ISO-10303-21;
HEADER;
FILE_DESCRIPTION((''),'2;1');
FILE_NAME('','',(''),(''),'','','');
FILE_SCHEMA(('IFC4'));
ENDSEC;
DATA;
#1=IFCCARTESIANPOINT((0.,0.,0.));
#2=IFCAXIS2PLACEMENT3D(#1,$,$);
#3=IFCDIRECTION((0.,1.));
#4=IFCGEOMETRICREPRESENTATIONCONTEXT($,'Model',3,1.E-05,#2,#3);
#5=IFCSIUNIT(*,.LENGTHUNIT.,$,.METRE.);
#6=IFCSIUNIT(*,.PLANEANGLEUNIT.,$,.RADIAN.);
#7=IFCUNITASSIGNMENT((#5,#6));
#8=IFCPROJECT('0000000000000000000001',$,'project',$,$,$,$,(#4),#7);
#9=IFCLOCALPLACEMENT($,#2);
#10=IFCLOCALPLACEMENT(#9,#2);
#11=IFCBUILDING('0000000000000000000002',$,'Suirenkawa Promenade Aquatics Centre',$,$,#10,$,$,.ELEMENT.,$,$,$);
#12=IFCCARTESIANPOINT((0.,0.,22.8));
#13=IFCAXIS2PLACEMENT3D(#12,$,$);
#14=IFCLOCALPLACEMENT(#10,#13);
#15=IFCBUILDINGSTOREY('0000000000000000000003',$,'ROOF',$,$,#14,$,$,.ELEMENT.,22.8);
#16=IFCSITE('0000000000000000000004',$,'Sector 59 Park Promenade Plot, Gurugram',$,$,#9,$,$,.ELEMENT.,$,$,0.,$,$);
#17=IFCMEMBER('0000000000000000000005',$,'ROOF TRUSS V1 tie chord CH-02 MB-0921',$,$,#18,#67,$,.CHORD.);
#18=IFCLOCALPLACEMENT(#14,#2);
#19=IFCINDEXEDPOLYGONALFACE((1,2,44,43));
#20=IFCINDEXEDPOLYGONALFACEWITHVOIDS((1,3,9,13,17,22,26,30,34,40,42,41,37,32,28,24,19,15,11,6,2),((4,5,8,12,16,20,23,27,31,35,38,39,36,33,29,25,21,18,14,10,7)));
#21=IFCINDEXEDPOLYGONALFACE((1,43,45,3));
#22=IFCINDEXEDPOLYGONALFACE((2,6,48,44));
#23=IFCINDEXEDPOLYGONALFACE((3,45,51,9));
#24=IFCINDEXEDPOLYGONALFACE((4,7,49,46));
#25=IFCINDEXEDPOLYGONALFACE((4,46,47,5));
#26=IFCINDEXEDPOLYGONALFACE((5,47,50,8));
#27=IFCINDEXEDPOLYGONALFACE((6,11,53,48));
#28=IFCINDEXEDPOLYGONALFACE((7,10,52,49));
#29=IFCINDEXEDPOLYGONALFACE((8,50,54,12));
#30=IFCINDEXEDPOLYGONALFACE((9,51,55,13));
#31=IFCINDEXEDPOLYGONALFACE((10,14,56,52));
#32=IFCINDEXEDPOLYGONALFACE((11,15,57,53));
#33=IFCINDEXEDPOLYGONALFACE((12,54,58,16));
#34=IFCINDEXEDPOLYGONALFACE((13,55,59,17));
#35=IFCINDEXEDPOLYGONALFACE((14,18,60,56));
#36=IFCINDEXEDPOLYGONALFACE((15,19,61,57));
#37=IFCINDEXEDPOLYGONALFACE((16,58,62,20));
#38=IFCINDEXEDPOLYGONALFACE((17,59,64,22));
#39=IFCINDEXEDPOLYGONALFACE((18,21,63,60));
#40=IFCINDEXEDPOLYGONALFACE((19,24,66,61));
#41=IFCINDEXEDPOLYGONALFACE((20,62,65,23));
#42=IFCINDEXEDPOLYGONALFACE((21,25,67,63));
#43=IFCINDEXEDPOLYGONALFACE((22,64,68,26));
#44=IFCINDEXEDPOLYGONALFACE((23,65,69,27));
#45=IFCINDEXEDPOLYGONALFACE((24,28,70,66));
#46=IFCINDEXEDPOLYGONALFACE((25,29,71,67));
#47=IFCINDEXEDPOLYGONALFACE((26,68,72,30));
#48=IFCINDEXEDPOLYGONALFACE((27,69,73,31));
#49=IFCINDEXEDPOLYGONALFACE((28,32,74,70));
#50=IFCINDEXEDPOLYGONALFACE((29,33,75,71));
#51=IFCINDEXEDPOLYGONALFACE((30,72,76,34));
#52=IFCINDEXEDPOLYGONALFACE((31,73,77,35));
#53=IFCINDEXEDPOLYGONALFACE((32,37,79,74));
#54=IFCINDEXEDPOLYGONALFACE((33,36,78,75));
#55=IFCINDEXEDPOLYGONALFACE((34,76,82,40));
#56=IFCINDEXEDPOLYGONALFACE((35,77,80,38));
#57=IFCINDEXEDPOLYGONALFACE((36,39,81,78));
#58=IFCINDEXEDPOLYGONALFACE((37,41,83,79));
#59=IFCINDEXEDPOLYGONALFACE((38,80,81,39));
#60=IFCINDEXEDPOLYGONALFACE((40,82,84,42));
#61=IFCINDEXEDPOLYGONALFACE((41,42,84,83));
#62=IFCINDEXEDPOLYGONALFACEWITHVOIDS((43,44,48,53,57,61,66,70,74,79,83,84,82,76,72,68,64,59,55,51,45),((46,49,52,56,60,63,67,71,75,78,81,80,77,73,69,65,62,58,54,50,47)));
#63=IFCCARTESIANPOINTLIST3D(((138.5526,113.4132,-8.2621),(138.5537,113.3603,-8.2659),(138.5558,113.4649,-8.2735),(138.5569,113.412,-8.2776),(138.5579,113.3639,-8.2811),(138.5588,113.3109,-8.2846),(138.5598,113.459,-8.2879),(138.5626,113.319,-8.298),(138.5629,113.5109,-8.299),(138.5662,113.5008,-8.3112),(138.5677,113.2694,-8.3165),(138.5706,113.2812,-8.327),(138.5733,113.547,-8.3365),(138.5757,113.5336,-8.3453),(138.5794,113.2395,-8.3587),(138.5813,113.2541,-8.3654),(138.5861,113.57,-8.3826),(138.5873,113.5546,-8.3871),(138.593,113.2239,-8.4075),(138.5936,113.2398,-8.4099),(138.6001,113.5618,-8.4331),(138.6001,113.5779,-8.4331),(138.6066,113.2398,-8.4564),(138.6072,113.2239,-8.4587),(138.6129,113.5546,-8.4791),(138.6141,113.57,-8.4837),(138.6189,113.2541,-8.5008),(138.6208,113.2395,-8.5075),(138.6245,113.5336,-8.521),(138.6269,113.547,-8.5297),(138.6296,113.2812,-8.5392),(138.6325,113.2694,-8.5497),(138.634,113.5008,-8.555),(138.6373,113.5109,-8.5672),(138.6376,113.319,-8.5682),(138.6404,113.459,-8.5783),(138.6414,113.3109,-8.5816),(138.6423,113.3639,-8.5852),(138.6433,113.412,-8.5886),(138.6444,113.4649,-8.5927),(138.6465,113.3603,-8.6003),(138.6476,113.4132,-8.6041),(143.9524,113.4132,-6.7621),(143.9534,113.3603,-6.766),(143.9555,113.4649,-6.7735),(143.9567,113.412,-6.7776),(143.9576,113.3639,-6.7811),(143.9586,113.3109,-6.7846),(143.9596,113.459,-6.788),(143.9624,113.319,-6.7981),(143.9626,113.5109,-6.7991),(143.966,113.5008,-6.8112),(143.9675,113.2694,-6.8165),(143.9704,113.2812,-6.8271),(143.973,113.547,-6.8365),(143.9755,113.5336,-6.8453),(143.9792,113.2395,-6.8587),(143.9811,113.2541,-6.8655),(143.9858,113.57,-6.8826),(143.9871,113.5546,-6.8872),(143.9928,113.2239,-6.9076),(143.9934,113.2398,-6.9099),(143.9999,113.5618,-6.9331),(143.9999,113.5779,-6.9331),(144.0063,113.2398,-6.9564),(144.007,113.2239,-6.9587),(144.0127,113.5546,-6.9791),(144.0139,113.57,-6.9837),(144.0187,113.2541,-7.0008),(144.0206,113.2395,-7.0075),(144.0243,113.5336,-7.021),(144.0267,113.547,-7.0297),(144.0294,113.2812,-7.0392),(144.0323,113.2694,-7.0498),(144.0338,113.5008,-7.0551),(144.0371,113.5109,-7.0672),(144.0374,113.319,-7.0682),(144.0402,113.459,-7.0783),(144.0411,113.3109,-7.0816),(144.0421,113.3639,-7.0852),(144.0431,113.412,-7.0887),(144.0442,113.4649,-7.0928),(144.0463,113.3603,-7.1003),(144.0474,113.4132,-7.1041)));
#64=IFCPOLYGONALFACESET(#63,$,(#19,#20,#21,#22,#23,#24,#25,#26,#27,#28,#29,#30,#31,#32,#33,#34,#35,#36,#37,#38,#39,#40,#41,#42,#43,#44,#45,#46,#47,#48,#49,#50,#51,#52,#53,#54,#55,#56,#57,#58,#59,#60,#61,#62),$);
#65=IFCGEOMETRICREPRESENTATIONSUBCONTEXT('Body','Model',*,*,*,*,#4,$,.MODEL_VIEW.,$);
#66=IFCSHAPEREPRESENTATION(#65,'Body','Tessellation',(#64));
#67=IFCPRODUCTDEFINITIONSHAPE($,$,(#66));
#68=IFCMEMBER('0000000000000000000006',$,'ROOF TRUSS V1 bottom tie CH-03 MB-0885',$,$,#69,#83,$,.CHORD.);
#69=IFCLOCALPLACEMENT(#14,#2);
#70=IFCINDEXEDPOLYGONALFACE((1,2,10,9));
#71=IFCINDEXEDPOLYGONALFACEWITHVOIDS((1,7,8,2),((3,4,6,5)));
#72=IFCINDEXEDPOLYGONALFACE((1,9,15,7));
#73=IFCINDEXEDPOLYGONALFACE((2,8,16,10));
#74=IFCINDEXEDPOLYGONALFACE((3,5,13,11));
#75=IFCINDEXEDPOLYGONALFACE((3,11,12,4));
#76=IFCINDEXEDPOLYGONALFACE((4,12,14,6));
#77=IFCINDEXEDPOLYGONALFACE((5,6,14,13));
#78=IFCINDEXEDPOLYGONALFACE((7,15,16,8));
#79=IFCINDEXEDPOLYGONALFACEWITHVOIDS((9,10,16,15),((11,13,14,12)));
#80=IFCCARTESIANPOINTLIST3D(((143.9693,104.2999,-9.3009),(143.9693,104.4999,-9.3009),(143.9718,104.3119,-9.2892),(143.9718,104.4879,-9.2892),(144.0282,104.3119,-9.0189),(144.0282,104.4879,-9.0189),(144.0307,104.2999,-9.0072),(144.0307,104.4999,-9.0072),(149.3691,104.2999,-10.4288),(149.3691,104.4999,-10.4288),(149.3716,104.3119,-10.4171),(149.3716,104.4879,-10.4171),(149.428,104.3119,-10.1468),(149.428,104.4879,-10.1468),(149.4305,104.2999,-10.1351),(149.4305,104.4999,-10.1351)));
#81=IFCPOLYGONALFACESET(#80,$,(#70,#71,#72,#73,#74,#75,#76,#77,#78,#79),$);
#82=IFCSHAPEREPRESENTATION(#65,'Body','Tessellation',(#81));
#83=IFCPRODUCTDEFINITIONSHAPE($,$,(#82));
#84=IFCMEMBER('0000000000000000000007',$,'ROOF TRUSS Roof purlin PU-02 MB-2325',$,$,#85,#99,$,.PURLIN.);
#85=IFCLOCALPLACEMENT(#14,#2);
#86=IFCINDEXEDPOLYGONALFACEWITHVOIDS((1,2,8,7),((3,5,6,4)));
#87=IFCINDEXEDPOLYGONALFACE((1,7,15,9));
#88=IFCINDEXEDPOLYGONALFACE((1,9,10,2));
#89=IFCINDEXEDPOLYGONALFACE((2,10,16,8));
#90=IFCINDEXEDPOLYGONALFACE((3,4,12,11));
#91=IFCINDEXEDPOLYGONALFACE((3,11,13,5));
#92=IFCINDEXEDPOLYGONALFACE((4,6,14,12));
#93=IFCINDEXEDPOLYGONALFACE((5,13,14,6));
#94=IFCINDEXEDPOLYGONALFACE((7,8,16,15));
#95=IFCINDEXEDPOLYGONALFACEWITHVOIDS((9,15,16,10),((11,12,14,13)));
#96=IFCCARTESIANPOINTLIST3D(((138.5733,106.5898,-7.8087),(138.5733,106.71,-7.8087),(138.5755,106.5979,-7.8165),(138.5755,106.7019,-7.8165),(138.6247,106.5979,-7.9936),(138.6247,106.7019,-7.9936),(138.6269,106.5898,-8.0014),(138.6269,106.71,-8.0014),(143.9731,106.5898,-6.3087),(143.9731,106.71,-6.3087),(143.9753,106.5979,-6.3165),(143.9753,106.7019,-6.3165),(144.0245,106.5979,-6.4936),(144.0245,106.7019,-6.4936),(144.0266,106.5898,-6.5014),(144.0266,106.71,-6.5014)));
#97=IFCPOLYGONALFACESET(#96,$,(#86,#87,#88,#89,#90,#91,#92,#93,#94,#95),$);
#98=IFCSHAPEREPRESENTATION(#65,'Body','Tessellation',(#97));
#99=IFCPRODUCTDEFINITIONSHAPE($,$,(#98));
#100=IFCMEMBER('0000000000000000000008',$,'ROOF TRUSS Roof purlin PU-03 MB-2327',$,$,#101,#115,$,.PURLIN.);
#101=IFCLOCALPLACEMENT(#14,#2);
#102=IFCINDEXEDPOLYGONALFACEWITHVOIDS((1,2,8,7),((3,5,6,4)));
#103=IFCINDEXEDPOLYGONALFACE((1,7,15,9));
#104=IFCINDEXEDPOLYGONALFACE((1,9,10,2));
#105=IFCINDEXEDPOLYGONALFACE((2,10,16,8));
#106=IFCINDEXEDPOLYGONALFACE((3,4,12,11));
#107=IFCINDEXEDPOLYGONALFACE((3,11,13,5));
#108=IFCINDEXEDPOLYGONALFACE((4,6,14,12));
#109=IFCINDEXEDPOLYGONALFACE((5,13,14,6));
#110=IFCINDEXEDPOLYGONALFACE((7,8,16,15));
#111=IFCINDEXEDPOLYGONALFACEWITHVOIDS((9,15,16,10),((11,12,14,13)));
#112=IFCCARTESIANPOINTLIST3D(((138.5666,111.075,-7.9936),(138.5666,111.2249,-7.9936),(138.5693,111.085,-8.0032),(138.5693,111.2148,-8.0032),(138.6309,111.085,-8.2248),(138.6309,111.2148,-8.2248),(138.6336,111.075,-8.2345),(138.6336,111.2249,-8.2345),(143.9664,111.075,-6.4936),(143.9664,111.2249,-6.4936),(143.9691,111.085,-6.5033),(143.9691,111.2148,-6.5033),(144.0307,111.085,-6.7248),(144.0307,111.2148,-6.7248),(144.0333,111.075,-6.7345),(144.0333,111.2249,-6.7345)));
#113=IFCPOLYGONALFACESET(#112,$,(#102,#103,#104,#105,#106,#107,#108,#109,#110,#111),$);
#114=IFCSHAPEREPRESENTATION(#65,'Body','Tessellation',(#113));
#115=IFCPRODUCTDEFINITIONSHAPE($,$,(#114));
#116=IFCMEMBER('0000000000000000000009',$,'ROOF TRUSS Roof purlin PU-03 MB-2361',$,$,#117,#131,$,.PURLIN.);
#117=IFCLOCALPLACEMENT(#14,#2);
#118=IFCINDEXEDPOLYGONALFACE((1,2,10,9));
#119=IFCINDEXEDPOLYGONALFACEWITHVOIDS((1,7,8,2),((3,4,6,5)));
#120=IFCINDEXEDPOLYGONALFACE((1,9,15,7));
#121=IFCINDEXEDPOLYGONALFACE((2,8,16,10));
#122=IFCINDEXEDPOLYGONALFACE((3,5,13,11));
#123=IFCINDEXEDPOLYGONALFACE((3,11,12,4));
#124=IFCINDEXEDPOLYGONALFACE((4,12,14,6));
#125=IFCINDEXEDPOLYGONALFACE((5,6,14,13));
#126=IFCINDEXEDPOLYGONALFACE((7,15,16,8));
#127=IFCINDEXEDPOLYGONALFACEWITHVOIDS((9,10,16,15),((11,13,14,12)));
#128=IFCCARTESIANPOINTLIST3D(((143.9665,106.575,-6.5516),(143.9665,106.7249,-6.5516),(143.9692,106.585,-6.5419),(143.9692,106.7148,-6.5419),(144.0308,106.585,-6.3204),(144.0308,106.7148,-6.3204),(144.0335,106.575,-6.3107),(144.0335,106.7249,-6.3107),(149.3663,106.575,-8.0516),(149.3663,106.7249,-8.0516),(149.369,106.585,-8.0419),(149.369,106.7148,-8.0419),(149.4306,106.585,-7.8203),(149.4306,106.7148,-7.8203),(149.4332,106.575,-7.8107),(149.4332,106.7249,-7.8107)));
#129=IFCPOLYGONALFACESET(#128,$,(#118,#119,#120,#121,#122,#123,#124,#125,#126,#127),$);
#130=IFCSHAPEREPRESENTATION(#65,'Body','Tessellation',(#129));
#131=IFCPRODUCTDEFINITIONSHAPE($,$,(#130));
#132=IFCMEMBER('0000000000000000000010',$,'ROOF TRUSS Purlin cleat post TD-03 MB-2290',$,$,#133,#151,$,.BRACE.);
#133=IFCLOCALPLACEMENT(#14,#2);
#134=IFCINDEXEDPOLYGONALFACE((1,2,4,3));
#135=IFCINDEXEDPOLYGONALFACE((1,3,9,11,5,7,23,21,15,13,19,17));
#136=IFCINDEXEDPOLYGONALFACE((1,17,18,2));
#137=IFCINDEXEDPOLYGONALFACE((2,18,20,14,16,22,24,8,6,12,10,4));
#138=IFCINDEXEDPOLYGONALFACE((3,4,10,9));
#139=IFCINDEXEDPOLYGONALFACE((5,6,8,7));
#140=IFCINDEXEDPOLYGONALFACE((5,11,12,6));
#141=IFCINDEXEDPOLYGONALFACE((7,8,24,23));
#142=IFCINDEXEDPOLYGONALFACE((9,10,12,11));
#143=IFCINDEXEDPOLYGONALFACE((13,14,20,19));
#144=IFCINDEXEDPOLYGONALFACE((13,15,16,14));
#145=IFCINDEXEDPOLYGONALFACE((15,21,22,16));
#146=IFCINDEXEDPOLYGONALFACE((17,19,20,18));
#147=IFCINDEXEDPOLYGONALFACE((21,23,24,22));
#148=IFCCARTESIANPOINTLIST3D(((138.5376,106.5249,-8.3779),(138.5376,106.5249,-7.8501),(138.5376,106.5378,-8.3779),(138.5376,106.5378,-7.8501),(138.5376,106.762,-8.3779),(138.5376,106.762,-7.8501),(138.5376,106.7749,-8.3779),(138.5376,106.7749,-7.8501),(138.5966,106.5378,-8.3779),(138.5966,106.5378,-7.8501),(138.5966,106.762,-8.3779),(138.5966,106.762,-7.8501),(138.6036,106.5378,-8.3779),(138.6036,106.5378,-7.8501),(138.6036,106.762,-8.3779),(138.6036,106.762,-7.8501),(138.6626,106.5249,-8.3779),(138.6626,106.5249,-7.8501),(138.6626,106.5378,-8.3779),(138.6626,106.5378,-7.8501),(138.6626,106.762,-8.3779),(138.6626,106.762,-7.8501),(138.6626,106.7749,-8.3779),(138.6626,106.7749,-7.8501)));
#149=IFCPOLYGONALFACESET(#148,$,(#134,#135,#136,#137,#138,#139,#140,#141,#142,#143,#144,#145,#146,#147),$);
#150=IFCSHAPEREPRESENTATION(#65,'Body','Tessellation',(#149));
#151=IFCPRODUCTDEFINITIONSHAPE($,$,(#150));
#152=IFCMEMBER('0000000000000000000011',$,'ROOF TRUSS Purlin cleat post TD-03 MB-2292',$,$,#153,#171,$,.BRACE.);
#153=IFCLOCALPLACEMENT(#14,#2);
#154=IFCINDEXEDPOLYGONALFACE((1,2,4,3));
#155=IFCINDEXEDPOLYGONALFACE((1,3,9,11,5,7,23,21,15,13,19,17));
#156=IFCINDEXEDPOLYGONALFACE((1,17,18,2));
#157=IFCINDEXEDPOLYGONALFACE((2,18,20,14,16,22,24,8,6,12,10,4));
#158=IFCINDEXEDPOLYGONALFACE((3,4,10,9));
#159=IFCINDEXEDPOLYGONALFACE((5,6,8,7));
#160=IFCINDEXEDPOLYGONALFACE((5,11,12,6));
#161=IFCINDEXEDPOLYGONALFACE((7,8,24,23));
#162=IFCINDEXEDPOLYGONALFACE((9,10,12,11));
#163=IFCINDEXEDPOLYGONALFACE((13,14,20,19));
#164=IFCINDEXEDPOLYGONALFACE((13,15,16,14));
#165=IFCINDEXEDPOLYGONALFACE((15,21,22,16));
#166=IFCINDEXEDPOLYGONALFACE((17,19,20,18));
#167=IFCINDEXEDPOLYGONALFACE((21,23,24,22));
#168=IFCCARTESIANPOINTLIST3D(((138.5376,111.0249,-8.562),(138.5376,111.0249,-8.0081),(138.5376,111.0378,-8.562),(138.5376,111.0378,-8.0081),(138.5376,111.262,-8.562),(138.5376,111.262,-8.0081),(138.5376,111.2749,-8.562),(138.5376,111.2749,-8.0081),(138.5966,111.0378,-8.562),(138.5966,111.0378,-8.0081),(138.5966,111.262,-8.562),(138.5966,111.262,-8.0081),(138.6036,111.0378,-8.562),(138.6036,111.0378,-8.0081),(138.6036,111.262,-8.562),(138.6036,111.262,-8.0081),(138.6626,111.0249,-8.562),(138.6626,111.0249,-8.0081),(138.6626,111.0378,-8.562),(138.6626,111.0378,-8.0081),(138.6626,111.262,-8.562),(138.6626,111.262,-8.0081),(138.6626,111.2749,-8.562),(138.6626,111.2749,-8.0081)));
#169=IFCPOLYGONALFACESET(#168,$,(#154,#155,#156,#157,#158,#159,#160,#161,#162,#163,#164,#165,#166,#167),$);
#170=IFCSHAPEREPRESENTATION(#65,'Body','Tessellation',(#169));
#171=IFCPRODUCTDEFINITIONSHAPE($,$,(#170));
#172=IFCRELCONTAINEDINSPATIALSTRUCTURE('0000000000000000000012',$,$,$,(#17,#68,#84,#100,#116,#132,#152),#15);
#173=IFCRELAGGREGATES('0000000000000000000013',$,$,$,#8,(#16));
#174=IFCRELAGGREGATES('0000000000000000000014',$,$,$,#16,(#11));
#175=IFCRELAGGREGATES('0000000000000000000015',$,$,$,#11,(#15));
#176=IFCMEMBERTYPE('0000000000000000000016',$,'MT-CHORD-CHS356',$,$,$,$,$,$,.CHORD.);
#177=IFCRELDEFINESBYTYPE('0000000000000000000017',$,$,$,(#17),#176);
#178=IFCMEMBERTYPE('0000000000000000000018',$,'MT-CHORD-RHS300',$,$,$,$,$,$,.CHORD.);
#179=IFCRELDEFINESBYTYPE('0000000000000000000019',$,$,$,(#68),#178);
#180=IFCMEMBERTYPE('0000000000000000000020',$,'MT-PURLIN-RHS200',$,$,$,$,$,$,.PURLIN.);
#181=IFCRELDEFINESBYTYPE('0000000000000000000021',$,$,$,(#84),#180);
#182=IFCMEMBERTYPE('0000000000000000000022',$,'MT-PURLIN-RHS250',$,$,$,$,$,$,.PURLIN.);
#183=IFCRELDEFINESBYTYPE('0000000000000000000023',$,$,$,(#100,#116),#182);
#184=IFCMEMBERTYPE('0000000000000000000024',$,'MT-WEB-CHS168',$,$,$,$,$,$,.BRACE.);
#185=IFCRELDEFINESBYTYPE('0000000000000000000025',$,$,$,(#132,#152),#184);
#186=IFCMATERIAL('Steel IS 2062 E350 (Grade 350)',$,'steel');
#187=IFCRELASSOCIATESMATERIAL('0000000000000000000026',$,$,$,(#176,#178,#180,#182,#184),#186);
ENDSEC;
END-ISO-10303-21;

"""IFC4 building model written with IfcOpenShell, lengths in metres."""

from ifc_helpers import new_model, si_unit, direction, frame, origin, origin_2d, place, context, subcontext, project, spatial, hollow_rectangle, hollow_circle, i_section, extrude, material, material_profile, profile_set, type_object, element, save


model = new_model("IFC4")

# Units and contexts
model_context = context("Model", 3, precision=1e-05, world=origin(), true_north=direction((0.0, 1.0)))
body_context = subcontext(model_context, "Body", "Model", "MODEL_VIEW")
ifc_project = project(units=[si_unit("LENGTHUNIT", "METRE"), si_unit("PLANEANGLEUNIT", "RADIAN")], contexts=[model_context])

# Site, building, storey
site_placement = place(None, origin())
site = spatial("IfcSite", under=ifc_project, at=site_placement, Name="Sector 59 Park Promenade Plot, Gurugram", CompositionType="ELEMENT", RefElevation=0.0)
building_placement = place(site_placement, origin())
building = spatial("IfcBuilding", under=site, at=building_placement, Name="Suirenkawa Promenade Aquatics Centre", CompositionType="ELEMENT")
storey_placement = place(building_placement, frame((0.0, 0.0, 22.8)))
storey = spatial("IfcBuildingStorey", under=building, at=storey_placement, Name="ROOF", CompositionType="ELEMENT", Elevation=22.8)

# Shared definitions
ifc_material = material(Name="Steel IS 2062 E350 (Grade 350)", Category="steel")

# Members
ifc_material_profile_1 = material_profile(ifc_material, hollow_circle(Radius=0.178, WallThickness=0.0161, at=origin_2d()), Name="CHS 356x16", Category="steel")
ifc_profile_set_1 = profile_set([ifc_material_profile_1], Name="Steel IS 2062 E350 (Grade 350)")
member_type_1 = type_object("IfcMemberType", Name="MT-CHORD-CHS356", PredefinedType="CHORD", material=ifc_profile_set_1)
for number, where, z_axis, x_axis, name in (
    (1, (138.6001, 113.3999, -8.4331), (0.963517, 0.0, 0.267648), (0.0, 1.0, 0.0), "ROOF TRUSS V1 tie chord CH-02 MB-0921"),
):
    element("IfcMember", number, at=place(storey_placement, frame(where, z_axis=z_axis, x_axis=x_axis)), inside=storey, type_object=member_type_1, Name=name, PredefinedType="CHORD", context=body_context, shape_type="SweptSolid", body=[
        extrude(hollow_circle(Radius=0.178, WallThickness=0.0161, at=origin_2d()), origin(), (0.0, 0.0, 1.0), 5.6042),
    ])
ifc_material_profile_2 = material_profile(ifc_material, hollow_rectangle(XDim=0.2, YDim=0.3, WallThickness=0.012, at=origin_2d()), Name="RHS 300x200x12", Category="steel")
ifc_profile_set_2 = profile_set([ifc_material_profile_2], Name="Steel IS 2062 E350 (Grade 350)")
member_type_2 = type_object("IfcMemberType", Name="MT-CHORD-RHS300", PredefinedType="CHORD", material=ifc_profile_set_2)
member_1_placement = place(storey_placement, frame((144.0, 104.3999, -9.1541), z_axis=(0.978874, 0.0, -0.204467), x_axis=(0.0, 1.0, 0.0)))
element("IfcMember", 2, at=member_1_placement, inside=storey, type_object=member_type_2, Name="ROOF TRUSS V1 bottom tie CH-03 MB-0885", PredefinedType="CHORD", context=body_context, shape_type="SweptSolid", body=[
    extrude(hollow_rectangle(XDim=0.2, YDim=0.3, WallThickness=0.012, at=origin_2d()), origin(), (0.0, 0.0, 1.0), 5.5164),
])
ifc_material_profile_3 = material_profile(ifc_material, hollow_rectangle(XDim=0.1201, YDim=0.2, WallThickness=0.0081, at=origin_2d()), Name="RHS 200x120x8", Category="steel")
ifc_profile_set_3 = profile_set([ifc_material_profile_3], Name="Steel IS 2062 E350 (Grade 350)")
member_type_3 = type_object("IfcMemberType", Name="MT-PURLIN-RHS200", PredefinedType="PURLIN", material=ifc_profile_set_3)
member_2_placement = place(storey_placement, frame((138.6001, 106.6499, -7.905), z_axis=(0.963517, 0.0, 0.267648), x_axis=(0.0, 1.0, 0.0)))
element("IfcMember", 3, at=member_2_placement, inside=storey, type_object=member_type_3, Name="ROOF TRUSS Roof purlin PU-02 MB-2325", PredefinedType="PURLIN", context=body_context, shape_type="SweptSolid", body=[
    extrude(hollow_rectangle(XDim=0.1201, YDim=0.2, WallThickness=0.0081, at=origin_2d()), origin(), (0.0, 0.0, 1.0), 5.6042),
])
ifc_material_profile_4 = material_profile(ifc_material, hollow_rectangle(XDim=0.1499, YDim=0.25, WallThickness=0.01, at=origin_2d()), Name="RHS 250x150x10", Category="steel")
ifc_profile_set_4 = profile_set([ifc_material_profile_4], Name="Steel IS 2062 E350 (Grade 350)")
member_type_4 = type_object("IfcMemberType", Name="MT-PURLIN-RHS250", PredefinedType="PURLIN", material=ifc_profile_set_4)
for number, where, z_axis, x_axis, name in (
    (4, (138.6001, 111.1499, -8.114), (0.963517, 0.0, 0.267648), (0.0, 1.0, 0.0), "ROOF TRUSS Roof purlin PU-03 MB-2327"),
    (5, (144.0, 106.6499, -6.4312), (0.963517, 0.0, -0.267648), (0.0, 1.0, 0.0), "ROOF TRUSS Roof purlin PU-03 MB-2361"),
):
    element("IfcMember", number, at=place(storey_placement, frame(where, z_axis=z_axis, x_axis=x_axis)), inside=storey, type_object=member_type_4, Name=name, PredefinedType="PURLIN", context=body_context, shape_type="SweptSolid", body=[
        extrude(hollow_rectangle(XDim=0.1499, YDim=0.25, WallThickness=0.01, at=origin_2d()), origin(), (0.0, 0.0, 1.0), 5.6042),
    ])
ifc_material_profile_5 = material_profile(ifc_material, i_section(OverallWidth=0.125, OverallDepth=0.25, WebThickness=0.0071, FlangeThickness=0.0129, at=origin_2d()), Name="ISMB 250", Category="steel")
ifc_profile_set_5 = profile_set([ifc_material_profile_5], Name="Steel IS 2062 E350 (Grade 350)")
member_type_5 = type_object("IfcMemberType", Name="MT-WEB-CHS168", PredefinedType="BRACE", material=ifc_profile_set_5)
member_3_placement = place(storey_placement, frame((138.6001, 106.6499, -8.3779), z_axis=(0.0, 0.0, 1.0), x_axis=(1.0, 0.0, 0.0)))
element("IfcMember", 6, at=member_3_placement, inside=storey, type_object=member_type_5, Name="ROOF TRUSS Purlin cleat post TD-03 MB-2290", PredefinedType="BRACE", context=body_context, shape_type="SweptSolid", body=[
    extrude(i_section(OverallWidth=0.125, OverallDepth=0.25, WebThickness=0.0071, FlangeThickness=0.0129, at=origin_2d()), origin(), (0.0, 0.0, 1.0), 0.5278),
])
member_4_placement = place(storey_placement, frame((138.6001, 111.1499, -8.562), z_axis=(0.0, 0.0, 1.0), x_axis=(1.0, 0.0, 0.0)))
element("IfcMember", 7, at=member_4_placement, inside=storey, type_object=member_type_5, Name="ROOF TRUSS Purlin cleat post TD-03 MB-2292", PredefinedType="BRACE", context=body_context, shape_type="SweptSolid", body=[
    extrude(i_section(OverallWidth=0.125, OverallDepth=0.25, WebThickness=0.0071, FlangeThickness=0.0129, at=origin_2d()), origin(), (0.0, 0.0, 1.0), 0.554),
])

save(model, "model.ifc")
